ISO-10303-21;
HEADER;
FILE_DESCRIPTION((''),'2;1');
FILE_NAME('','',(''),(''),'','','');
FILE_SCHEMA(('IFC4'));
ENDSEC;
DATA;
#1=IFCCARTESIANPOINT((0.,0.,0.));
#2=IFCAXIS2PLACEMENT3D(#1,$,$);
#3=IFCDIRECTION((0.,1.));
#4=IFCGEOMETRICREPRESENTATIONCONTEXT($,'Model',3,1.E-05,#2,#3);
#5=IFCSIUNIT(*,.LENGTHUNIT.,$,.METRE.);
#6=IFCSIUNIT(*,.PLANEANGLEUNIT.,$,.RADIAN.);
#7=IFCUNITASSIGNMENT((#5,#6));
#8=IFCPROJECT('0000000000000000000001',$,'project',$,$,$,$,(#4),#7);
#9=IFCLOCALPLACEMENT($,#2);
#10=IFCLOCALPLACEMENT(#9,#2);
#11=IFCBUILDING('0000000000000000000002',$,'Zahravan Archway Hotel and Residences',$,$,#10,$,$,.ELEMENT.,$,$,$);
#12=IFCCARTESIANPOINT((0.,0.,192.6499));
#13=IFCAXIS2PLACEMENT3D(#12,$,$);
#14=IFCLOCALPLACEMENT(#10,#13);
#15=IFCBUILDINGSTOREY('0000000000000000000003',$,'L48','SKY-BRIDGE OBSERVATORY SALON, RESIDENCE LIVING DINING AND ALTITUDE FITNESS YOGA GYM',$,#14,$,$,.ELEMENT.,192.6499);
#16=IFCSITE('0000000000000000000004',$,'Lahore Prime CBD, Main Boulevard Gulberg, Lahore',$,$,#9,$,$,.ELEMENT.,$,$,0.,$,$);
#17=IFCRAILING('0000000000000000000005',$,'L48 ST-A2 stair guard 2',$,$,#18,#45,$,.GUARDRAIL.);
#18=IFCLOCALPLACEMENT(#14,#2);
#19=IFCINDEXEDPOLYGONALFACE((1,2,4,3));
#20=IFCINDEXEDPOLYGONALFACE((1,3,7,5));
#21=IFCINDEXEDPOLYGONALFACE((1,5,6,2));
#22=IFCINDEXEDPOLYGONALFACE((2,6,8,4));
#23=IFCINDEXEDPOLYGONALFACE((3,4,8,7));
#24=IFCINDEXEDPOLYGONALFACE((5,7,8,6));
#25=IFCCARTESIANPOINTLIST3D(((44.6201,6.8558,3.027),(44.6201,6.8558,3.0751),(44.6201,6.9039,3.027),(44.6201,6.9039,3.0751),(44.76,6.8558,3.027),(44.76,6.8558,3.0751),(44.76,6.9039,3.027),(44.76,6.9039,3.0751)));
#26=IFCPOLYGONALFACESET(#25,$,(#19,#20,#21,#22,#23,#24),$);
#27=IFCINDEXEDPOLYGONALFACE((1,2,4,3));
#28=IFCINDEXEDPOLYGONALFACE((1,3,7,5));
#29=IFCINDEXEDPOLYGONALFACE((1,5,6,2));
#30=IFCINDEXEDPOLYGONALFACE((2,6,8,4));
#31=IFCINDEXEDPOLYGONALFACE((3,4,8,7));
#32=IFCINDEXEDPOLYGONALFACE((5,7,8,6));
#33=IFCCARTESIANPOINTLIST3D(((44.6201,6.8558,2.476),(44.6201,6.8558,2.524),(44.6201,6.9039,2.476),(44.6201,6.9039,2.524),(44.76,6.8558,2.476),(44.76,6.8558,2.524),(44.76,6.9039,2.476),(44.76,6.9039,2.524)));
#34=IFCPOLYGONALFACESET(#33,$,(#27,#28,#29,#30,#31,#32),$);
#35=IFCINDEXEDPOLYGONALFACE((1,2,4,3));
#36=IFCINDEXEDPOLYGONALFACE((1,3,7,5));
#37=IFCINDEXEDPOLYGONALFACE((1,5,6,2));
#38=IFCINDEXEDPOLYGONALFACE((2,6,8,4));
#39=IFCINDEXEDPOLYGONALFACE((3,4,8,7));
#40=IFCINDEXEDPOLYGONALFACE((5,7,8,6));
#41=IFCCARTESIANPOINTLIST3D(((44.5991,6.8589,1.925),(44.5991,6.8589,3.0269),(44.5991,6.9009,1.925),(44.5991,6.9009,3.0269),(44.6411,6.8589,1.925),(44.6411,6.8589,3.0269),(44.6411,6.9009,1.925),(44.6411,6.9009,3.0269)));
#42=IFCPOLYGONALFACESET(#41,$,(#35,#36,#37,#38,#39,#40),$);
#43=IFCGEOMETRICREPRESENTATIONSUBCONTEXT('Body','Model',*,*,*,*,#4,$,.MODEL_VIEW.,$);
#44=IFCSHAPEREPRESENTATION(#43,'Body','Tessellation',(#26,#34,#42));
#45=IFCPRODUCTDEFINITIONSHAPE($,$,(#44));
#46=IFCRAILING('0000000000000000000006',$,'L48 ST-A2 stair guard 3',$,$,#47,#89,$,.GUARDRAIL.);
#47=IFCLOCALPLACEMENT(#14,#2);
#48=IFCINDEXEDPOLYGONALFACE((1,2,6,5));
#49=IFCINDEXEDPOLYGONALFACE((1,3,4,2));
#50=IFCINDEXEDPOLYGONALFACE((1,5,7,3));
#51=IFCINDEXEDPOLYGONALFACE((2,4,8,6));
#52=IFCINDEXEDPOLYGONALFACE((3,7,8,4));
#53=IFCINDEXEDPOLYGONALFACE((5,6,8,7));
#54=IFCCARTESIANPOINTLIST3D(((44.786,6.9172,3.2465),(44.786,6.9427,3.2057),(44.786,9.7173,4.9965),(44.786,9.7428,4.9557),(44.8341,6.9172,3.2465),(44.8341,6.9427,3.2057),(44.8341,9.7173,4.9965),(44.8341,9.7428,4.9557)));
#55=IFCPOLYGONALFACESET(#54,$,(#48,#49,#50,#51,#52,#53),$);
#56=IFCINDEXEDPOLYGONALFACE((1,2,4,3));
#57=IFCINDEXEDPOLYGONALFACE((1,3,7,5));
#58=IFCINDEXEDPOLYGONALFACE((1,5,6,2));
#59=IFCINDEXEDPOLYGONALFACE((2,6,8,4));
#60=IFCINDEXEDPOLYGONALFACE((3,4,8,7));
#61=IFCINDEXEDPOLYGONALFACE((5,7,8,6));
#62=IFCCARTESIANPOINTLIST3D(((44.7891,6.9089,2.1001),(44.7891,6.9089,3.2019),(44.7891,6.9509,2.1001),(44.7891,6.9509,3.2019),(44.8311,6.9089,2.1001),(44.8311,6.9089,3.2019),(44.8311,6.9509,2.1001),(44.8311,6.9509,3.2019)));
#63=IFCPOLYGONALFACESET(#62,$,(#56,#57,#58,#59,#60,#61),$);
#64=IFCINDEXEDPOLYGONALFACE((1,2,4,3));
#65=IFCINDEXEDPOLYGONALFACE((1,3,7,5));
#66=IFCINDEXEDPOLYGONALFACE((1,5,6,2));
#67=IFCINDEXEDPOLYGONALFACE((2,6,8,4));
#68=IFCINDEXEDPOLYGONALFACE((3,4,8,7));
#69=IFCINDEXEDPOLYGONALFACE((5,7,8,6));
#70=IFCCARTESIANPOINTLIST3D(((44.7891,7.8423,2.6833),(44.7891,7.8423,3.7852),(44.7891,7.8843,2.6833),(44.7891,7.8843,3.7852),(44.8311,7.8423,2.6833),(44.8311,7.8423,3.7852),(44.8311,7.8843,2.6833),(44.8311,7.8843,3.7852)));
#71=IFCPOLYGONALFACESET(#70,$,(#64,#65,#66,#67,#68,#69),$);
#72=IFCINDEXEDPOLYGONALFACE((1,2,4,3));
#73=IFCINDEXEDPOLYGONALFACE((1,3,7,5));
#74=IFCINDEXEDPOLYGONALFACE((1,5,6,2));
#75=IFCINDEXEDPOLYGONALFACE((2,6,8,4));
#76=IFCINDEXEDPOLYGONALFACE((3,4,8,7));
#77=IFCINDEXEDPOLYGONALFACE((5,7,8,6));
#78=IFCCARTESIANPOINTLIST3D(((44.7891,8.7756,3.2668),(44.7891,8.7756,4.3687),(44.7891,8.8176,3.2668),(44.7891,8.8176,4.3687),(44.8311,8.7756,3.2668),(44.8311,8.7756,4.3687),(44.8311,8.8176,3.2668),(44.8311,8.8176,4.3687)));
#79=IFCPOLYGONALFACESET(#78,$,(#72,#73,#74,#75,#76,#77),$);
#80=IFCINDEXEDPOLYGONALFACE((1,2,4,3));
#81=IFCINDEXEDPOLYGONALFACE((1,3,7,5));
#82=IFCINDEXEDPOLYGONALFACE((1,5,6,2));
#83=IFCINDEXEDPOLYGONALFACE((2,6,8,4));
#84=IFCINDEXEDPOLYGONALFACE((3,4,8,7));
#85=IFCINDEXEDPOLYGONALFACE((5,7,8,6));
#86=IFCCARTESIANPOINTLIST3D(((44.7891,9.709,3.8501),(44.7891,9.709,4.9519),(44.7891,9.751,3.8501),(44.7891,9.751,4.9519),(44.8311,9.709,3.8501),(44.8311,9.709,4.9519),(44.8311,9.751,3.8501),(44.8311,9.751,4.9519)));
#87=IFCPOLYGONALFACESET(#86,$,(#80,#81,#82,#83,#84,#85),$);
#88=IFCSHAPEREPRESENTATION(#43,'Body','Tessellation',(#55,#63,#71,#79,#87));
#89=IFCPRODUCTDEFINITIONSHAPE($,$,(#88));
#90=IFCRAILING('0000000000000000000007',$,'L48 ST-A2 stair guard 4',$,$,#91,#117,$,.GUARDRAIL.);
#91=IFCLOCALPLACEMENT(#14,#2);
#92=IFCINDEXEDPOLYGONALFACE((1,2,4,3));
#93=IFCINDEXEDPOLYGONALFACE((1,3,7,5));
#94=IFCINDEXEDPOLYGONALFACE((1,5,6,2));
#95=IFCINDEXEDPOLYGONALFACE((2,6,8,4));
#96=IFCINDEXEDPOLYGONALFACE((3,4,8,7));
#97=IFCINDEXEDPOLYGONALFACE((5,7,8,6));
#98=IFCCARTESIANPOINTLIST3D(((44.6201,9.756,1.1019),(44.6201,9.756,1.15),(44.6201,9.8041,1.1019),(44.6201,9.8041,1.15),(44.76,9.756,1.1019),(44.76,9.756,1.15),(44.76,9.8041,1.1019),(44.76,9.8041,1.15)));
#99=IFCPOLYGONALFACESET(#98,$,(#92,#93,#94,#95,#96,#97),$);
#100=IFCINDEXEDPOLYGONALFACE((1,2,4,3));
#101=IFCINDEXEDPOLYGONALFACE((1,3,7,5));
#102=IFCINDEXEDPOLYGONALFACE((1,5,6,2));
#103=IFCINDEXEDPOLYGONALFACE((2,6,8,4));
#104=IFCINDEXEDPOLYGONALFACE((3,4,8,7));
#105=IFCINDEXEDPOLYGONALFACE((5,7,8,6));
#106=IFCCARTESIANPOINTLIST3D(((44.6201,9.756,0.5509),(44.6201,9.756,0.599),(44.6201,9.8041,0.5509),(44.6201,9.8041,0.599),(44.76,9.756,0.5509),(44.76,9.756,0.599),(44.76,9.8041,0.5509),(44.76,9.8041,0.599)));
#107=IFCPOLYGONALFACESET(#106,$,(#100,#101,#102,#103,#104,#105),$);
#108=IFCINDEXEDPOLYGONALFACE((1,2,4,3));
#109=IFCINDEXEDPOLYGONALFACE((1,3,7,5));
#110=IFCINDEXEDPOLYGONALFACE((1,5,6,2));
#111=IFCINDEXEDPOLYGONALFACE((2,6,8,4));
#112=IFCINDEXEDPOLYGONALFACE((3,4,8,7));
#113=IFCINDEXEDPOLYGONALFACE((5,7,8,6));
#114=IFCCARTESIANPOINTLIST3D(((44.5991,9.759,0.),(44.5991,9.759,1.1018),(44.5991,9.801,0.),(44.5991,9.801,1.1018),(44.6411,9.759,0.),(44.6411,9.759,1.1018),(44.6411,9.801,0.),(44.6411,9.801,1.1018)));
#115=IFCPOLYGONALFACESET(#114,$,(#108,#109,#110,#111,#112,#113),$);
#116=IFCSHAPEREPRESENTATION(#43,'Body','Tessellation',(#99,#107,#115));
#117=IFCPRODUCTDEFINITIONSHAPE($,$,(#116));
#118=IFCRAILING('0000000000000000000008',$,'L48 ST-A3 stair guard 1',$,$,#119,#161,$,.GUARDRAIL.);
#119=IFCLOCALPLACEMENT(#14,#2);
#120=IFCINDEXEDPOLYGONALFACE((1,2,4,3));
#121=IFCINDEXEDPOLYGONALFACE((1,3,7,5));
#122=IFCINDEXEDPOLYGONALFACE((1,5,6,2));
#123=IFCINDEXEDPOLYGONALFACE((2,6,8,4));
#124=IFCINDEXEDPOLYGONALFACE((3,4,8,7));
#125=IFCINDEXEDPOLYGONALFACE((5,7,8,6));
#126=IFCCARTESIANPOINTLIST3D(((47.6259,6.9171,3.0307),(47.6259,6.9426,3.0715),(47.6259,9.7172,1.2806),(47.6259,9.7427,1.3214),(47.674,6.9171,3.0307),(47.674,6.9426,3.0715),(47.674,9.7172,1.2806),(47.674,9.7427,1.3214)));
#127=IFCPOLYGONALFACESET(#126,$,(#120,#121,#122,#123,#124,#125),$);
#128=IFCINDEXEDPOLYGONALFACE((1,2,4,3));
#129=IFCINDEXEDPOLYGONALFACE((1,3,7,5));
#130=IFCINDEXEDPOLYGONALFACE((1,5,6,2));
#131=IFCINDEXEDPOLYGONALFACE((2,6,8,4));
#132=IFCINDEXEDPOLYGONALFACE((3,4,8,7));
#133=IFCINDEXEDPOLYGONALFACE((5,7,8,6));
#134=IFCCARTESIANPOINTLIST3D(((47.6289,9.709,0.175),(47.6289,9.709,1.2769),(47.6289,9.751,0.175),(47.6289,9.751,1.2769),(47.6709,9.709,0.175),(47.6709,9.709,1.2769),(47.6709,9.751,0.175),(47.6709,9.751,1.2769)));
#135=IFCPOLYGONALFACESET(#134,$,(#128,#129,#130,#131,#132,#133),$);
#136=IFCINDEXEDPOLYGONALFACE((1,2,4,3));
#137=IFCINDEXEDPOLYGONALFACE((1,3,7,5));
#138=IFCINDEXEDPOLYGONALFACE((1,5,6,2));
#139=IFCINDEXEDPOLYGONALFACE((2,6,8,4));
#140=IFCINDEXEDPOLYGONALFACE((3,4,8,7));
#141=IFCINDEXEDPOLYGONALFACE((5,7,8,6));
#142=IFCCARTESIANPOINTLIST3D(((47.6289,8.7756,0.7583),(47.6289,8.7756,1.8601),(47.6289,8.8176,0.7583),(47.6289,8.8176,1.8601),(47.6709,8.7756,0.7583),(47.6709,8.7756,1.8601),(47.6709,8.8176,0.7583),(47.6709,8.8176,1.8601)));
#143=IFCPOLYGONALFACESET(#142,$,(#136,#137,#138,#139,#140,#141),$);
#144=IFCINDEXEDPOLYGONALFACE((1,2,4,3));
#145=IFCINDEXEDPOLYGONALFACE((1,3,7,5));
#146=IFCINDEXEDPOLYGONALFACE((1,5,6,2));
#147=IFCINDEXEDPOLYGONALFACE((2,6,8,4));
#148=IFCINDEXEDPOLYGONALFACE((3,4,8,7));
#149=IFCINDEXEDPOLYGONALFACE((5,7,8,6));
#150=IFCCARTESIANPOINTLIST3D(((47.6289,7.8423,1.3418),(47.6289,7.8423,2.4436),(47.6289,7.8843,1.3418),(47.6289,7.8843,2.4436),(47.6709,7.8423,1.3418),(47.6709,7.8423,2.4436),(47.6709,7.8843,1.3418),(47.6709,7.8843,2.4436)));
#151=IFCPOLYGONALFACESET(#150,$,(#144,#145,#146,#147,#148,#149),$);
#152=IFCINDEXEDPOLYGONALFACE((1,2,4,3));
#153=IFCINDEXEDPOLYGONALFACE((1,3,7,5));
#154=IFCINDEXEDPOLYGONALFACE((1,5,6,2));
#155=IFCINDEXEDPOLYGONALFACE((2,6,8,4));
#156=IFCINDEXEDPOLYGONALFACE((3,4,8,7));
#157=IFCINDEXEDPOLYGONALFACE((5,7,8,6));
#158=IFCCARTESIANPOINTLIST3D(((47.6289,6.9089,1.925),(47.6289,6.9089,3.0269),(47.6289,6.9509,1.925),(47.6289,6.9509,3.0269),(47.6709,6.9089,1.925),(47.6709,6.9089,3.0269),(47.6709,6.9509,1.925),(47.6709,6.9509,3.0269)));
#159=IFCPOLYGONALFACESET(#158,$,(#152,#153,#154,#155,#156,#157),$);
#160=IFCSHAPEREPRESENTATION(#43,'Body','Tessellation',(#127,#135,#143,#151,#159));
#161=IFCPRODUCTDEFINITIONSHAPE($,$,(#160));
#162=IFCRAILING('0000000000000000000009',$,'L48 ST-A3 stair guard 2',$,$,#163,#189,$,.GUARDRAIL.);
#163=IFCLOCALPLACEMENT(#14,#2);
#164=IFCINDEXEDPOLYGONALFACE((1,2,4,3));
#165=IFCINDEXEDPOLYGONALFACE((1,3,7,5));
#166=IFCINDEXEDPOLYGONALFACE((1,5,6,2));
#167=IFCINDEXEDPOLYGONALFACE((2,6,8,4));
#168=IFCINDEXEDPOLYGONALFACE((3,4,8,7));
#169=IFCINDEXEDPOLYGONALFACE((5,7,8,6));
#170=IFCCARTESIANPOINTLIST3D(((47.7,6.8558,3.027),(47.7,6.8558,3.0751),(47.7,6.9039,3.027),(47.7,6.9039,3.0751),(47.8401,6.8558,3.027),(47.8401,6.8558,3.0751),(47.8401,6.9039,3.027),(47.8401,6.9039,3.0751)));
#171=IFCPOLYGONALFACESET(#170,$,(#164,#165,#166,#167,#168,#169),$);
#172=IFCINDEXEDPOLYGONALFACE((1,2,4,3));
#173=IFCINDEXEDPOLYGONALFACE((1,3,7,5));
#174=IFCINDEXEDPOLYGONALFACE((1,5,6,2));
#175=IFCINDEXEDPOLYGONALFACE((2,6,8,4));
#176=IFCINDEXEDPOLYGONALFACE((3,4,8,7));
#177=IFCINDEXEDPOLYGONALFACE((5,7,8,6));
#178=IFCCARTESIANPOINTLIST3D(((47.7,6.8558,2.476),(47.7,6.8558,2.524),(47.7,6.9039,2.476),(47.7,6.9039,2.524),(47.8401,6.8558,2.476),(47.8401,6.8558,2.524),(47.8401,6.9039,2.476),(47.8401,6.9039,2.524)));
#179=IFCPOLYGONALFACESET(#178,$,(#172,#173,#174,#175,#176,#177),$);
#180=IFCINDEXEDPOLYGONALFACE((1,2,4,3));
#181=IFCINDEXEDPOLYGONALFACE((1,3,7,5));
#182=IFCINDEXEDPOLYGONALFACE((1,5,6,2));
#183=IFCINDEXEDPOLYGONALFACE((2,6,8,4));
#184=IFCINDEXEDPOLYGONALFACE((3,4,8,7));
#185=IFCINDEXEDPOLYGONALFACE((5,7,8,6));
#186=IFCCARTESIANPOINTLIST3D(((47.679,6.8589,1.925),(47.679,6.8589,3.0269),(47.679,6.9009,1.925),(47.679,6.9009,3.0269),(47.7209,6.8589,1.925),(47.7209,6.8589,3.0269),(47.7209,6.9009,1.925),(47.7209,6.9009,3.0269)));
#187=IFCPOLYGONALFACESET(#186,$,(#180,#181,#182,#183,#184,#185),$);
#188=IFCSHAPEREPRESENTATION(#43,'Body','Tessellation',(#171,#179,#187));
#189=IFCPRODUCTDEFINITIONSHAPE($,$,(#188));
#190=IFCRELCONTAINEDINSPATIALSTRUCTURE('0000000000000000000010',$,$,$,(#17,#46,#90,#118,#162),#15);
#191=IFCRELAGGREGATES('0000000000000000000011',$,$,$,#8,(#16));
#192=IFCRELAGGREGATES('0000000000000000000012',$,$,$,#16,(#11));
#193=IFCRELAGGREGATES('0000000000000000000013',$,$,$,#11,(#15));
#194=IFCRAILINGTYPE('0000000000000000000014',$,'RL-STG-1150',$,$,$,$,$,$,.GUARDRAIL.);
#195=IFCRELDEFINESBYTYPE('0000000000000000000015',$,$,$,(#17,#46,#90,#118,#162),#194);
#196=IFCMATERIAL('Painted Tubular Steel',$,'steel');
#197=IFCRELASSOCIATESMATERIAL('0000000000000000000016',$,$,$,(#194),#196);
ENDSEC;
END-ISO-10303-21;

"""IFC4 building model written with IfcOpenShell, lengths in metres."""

from ifc_helpers import new_model, si_unit, direction, frame, origin, origin_2d, place, context, subcontext, project, spatial, rectangle, extrude, material, type_object, element, save


model = new_model("IFC4")

# Units and contexts
model_context = context("Model", 3, precision=1e-05, world=origin(), true_north=direction((0.0, 1.0)))
body_context = subcontext(model_context, "Body", "Model", "MODEL_VIEW")
ifc_project = project(units=[si_unit("LENGTHUNIT", "METRE"), si_unit("PLANEANGLEUNIT", "RADIAN")], contexts=[model_context])

# Site, building, storey
site_placement = place(None, origin())
site = spatial("IfcSite", under=ifc_project, at=site_placement, Name="Lahore Prime CBD, Main Boulevard Gulberg, Lahore", CompositionType="ELEMENT", RefElevation=0.0)
building_placement = place(site_placement, origin())
building = spatial("IfcBuilding", under=site, at=building_placement, Name="Zahravan Archway Hotel and Residences", CompositionType="ELEMENT")
storey_placement = place(building_placement, frame((0.0, 0.0, 192.6499)))
storey = spatial("IfcBuildingStorey", under=building, at=storey_placement, Name="L48", Description="SKY-BRIDGE OBSERVATORY SALON, RESIDENCE LIVING DINING AND ALTITUDE FITNESS YOGA GYM", CompositionType="ELEMENT", Elevation=192.6499)

# Railings
ifc_material_1 = material(Name="Painted Tubular Steel", Category="steel")
railing_type_1 = type_object("IfcRailingType", Name="RL-STG-1150", PredefinedType="GUARDRAIL", material=ifc_material_1)
railing_1_placement = place(storey_placement, frame((44.6201, 6.8799, 1.925)))
element("IfcRailing", 1, at=railing_1_placement, inside=storey, type_object=railing_type_1, Name="L48 ST-A2 stair guard 2", PredefinedType="GUARDRAIL", context=body_context, shape_type="SweptSolid", body=[
    extrude(rectangle(XDim=0.0481, YDim=0.0481, at=origin_2d()), frame((0.0, 0.0, 1.126), z_axis=(1.0, 0.0, 0.0), x_axis=(0.0, 1.0, 0.0)), (0.0, 0.0, 1.0), 0.1399),
    extrude(rectangle(XDim=0.0481, YDim=0.0481, at=origin_2d()), frame((0.0, 0.0, 0.575), z_axis=(1.0, 0.0, 0.0), x_axis=(0.0, 1.0, 0.0)), (0.0, 0.0, 1.0), 0.1399),
    extrude(rectangle(XDim=0.042, YDim=0.042, at=origin_2d()), origin(), (0.0, 0.0, 1.0), 1.1018),
])
railing_2_placement = place(storey_placement, frame((44.8101, 6.9299, 2.1001)))
element("IfcRailing", 2, at=railing_2_placement, inside=storey, type_object=railing_type_1, Name="L48 ST-A2 stair guard 3", PredefinedType="GUARDRAIL", context=body_context, shape_type="SweptSolid", body=[
    extrude(rectangle(XDim=0.0481, YDim=0.0481, at=origin_2d()), frame((0.0, 0.0, 1.126), z_axis=(0.0, 0.848002, 0.529992), x_axis=(-1.0, 0.0, 0.0)), (0.0, 0.0, 1.0), 3.302),
    extrude(rectangle(XDim=0.042, YDim=0.042, at=origin_2d()), origin(), (0.0, 0.0, 1.0), 1.1018),
    extrude(rectangle(XDim=0.042, YDim=0.042, at=origin_2d()), frame((0.0, 0.9333, 0.5833)), (0.0, 0.0, 1.0), 1.1018),
    extrude(rectangle(XDim=0.042, YDim=0.042, at=origin_2d()), frame((0.0, 1.8667, 1.1667)), (0.0, 0.0, 1.0), 1.1018),
    extrude(rectangle(XDim=0.042, YDim=0.042, at=origin_2d()), frame((0.0, 2.8, 1.75)), (0.0, 0.0, 1.0), 1.1018),
])
railing_3_placement = place(storey_placement, frame((44.6201, 9.78, 0.0)))
element("IfcRailing", 3, at=railing_3_placement, inside=storey, type_object=railing_type_1, Name="L48 ST-A2 stair guard 4", PredefinedType="GUARDRAIL", context=body_context, shape_type="SweptSolid", body=[
    extrude(rectangle(XDim=0.0481, YDim=0.0481, at=origin_2d()), frame((0.0, 0.0, 1.126), z_axis=(1.0, 0.0, 0.0), x_axis=(0.0, 1.0, 0.0)), (0.0, 0.0, 1.0), 0.1399),
    extrude(rectangle(XDim=0.0481, YDim=0.0481, at=origin_2d()), frame((0.0, 0.0, 0.575), z_axis=(1.0, 0.0, 0.0), x_axis=(0.0, 1.0, 0.0)), (0.0, 0.0, 1.0), 0.1399),
    extrude(rectangle(XDim=0.042, YDim=0.042, at=origin_2d()), origin(), (0.0, 0.0, 1.0), 1.1018),
])
railing_4_placement = place(storey_placement, frame((47.6499, 9.73, 0.175)))
element("IfcRailing", 4, at=railing_4_placement, inside=storey, type_object=railing_type_1, Name="L48 ST-A3 stair guard 1", PredefinedType="GUARDRAIL", context=body_context, shape_type="SweptSolid", body=[
    extrude(rectangle(XDim=0.0481, YDim=0.0481, at=origin_2d()), frame((0.0, 0.0, 1.126), z_axis=(0.0, -0.848002, 0.529992), x_axis=(1.0, 0.0, 0.0)), (0.0, 0.0, 1.0), 3.302),
    extrude(rectangle(XDim=0.042, YDim=0.042, at=origin_2d()), origin(), (0.0, 0.0, 1.0), 1.1018),
    extrude(rectangle(XDim=0.042, YDim=0.042, at=origin_2d()), frame((0.0, -0.9333, 0.5833)), (0.0, 0.0, 1.0), 1.1018),
    extrude(rectangle(XDim=0.042, YDim=0.042, at=origin_2d()), frame((0.0, -1.8667, 1.1667)), (0.0, 0.0, 1.0), 1.1018),
    extrude(rectangle(XDim=0.042, YDim=0.042, at=origin_2d()), frame((0.0, -2.8, 1.75)), (0.0, 0.0, 1.0), 1.1018),
])
railing_5_placement = place(storey_placement, frame((47.7, 6.8799, 1.925)))
element("IfcRailing", 5, at=railing_5_placement, inside=storey, type_object=railing_type_1, Name="L48 ST-A3 stair guard 2", PredefinedType="GUARDRAIL", context=body_context, shape_type="SweptSolid", body=[
    extrude(rectangle(XDim=0.0481, YDim=0.0481, at=origin_2d()), frame((0.0, 0.0, 1.126), z_axis=(1.0, 0.0, 0.0), x_axis=(0.0, 1.0, 0.0)), (0.0, 0.0, 1.0), 0.1401),
    extrude(rectangle(XDim=0.0481, YDim=0.0481, at=origin_2d()), frame((0.0, 0.0, 0.575), z_axis=(1.0, 0.0, 0.0), x_axis=(0.0, 1.0, 0.0)), (0.0, 0.0, 1.0), 0.1401),
    extrude(rectangle(XDim=0.042, YDim=0.042, at=origin_2d()), origin(), (0.0, 0.0, 1.0), 1.1018),
])

save(model, "model.ifc")
